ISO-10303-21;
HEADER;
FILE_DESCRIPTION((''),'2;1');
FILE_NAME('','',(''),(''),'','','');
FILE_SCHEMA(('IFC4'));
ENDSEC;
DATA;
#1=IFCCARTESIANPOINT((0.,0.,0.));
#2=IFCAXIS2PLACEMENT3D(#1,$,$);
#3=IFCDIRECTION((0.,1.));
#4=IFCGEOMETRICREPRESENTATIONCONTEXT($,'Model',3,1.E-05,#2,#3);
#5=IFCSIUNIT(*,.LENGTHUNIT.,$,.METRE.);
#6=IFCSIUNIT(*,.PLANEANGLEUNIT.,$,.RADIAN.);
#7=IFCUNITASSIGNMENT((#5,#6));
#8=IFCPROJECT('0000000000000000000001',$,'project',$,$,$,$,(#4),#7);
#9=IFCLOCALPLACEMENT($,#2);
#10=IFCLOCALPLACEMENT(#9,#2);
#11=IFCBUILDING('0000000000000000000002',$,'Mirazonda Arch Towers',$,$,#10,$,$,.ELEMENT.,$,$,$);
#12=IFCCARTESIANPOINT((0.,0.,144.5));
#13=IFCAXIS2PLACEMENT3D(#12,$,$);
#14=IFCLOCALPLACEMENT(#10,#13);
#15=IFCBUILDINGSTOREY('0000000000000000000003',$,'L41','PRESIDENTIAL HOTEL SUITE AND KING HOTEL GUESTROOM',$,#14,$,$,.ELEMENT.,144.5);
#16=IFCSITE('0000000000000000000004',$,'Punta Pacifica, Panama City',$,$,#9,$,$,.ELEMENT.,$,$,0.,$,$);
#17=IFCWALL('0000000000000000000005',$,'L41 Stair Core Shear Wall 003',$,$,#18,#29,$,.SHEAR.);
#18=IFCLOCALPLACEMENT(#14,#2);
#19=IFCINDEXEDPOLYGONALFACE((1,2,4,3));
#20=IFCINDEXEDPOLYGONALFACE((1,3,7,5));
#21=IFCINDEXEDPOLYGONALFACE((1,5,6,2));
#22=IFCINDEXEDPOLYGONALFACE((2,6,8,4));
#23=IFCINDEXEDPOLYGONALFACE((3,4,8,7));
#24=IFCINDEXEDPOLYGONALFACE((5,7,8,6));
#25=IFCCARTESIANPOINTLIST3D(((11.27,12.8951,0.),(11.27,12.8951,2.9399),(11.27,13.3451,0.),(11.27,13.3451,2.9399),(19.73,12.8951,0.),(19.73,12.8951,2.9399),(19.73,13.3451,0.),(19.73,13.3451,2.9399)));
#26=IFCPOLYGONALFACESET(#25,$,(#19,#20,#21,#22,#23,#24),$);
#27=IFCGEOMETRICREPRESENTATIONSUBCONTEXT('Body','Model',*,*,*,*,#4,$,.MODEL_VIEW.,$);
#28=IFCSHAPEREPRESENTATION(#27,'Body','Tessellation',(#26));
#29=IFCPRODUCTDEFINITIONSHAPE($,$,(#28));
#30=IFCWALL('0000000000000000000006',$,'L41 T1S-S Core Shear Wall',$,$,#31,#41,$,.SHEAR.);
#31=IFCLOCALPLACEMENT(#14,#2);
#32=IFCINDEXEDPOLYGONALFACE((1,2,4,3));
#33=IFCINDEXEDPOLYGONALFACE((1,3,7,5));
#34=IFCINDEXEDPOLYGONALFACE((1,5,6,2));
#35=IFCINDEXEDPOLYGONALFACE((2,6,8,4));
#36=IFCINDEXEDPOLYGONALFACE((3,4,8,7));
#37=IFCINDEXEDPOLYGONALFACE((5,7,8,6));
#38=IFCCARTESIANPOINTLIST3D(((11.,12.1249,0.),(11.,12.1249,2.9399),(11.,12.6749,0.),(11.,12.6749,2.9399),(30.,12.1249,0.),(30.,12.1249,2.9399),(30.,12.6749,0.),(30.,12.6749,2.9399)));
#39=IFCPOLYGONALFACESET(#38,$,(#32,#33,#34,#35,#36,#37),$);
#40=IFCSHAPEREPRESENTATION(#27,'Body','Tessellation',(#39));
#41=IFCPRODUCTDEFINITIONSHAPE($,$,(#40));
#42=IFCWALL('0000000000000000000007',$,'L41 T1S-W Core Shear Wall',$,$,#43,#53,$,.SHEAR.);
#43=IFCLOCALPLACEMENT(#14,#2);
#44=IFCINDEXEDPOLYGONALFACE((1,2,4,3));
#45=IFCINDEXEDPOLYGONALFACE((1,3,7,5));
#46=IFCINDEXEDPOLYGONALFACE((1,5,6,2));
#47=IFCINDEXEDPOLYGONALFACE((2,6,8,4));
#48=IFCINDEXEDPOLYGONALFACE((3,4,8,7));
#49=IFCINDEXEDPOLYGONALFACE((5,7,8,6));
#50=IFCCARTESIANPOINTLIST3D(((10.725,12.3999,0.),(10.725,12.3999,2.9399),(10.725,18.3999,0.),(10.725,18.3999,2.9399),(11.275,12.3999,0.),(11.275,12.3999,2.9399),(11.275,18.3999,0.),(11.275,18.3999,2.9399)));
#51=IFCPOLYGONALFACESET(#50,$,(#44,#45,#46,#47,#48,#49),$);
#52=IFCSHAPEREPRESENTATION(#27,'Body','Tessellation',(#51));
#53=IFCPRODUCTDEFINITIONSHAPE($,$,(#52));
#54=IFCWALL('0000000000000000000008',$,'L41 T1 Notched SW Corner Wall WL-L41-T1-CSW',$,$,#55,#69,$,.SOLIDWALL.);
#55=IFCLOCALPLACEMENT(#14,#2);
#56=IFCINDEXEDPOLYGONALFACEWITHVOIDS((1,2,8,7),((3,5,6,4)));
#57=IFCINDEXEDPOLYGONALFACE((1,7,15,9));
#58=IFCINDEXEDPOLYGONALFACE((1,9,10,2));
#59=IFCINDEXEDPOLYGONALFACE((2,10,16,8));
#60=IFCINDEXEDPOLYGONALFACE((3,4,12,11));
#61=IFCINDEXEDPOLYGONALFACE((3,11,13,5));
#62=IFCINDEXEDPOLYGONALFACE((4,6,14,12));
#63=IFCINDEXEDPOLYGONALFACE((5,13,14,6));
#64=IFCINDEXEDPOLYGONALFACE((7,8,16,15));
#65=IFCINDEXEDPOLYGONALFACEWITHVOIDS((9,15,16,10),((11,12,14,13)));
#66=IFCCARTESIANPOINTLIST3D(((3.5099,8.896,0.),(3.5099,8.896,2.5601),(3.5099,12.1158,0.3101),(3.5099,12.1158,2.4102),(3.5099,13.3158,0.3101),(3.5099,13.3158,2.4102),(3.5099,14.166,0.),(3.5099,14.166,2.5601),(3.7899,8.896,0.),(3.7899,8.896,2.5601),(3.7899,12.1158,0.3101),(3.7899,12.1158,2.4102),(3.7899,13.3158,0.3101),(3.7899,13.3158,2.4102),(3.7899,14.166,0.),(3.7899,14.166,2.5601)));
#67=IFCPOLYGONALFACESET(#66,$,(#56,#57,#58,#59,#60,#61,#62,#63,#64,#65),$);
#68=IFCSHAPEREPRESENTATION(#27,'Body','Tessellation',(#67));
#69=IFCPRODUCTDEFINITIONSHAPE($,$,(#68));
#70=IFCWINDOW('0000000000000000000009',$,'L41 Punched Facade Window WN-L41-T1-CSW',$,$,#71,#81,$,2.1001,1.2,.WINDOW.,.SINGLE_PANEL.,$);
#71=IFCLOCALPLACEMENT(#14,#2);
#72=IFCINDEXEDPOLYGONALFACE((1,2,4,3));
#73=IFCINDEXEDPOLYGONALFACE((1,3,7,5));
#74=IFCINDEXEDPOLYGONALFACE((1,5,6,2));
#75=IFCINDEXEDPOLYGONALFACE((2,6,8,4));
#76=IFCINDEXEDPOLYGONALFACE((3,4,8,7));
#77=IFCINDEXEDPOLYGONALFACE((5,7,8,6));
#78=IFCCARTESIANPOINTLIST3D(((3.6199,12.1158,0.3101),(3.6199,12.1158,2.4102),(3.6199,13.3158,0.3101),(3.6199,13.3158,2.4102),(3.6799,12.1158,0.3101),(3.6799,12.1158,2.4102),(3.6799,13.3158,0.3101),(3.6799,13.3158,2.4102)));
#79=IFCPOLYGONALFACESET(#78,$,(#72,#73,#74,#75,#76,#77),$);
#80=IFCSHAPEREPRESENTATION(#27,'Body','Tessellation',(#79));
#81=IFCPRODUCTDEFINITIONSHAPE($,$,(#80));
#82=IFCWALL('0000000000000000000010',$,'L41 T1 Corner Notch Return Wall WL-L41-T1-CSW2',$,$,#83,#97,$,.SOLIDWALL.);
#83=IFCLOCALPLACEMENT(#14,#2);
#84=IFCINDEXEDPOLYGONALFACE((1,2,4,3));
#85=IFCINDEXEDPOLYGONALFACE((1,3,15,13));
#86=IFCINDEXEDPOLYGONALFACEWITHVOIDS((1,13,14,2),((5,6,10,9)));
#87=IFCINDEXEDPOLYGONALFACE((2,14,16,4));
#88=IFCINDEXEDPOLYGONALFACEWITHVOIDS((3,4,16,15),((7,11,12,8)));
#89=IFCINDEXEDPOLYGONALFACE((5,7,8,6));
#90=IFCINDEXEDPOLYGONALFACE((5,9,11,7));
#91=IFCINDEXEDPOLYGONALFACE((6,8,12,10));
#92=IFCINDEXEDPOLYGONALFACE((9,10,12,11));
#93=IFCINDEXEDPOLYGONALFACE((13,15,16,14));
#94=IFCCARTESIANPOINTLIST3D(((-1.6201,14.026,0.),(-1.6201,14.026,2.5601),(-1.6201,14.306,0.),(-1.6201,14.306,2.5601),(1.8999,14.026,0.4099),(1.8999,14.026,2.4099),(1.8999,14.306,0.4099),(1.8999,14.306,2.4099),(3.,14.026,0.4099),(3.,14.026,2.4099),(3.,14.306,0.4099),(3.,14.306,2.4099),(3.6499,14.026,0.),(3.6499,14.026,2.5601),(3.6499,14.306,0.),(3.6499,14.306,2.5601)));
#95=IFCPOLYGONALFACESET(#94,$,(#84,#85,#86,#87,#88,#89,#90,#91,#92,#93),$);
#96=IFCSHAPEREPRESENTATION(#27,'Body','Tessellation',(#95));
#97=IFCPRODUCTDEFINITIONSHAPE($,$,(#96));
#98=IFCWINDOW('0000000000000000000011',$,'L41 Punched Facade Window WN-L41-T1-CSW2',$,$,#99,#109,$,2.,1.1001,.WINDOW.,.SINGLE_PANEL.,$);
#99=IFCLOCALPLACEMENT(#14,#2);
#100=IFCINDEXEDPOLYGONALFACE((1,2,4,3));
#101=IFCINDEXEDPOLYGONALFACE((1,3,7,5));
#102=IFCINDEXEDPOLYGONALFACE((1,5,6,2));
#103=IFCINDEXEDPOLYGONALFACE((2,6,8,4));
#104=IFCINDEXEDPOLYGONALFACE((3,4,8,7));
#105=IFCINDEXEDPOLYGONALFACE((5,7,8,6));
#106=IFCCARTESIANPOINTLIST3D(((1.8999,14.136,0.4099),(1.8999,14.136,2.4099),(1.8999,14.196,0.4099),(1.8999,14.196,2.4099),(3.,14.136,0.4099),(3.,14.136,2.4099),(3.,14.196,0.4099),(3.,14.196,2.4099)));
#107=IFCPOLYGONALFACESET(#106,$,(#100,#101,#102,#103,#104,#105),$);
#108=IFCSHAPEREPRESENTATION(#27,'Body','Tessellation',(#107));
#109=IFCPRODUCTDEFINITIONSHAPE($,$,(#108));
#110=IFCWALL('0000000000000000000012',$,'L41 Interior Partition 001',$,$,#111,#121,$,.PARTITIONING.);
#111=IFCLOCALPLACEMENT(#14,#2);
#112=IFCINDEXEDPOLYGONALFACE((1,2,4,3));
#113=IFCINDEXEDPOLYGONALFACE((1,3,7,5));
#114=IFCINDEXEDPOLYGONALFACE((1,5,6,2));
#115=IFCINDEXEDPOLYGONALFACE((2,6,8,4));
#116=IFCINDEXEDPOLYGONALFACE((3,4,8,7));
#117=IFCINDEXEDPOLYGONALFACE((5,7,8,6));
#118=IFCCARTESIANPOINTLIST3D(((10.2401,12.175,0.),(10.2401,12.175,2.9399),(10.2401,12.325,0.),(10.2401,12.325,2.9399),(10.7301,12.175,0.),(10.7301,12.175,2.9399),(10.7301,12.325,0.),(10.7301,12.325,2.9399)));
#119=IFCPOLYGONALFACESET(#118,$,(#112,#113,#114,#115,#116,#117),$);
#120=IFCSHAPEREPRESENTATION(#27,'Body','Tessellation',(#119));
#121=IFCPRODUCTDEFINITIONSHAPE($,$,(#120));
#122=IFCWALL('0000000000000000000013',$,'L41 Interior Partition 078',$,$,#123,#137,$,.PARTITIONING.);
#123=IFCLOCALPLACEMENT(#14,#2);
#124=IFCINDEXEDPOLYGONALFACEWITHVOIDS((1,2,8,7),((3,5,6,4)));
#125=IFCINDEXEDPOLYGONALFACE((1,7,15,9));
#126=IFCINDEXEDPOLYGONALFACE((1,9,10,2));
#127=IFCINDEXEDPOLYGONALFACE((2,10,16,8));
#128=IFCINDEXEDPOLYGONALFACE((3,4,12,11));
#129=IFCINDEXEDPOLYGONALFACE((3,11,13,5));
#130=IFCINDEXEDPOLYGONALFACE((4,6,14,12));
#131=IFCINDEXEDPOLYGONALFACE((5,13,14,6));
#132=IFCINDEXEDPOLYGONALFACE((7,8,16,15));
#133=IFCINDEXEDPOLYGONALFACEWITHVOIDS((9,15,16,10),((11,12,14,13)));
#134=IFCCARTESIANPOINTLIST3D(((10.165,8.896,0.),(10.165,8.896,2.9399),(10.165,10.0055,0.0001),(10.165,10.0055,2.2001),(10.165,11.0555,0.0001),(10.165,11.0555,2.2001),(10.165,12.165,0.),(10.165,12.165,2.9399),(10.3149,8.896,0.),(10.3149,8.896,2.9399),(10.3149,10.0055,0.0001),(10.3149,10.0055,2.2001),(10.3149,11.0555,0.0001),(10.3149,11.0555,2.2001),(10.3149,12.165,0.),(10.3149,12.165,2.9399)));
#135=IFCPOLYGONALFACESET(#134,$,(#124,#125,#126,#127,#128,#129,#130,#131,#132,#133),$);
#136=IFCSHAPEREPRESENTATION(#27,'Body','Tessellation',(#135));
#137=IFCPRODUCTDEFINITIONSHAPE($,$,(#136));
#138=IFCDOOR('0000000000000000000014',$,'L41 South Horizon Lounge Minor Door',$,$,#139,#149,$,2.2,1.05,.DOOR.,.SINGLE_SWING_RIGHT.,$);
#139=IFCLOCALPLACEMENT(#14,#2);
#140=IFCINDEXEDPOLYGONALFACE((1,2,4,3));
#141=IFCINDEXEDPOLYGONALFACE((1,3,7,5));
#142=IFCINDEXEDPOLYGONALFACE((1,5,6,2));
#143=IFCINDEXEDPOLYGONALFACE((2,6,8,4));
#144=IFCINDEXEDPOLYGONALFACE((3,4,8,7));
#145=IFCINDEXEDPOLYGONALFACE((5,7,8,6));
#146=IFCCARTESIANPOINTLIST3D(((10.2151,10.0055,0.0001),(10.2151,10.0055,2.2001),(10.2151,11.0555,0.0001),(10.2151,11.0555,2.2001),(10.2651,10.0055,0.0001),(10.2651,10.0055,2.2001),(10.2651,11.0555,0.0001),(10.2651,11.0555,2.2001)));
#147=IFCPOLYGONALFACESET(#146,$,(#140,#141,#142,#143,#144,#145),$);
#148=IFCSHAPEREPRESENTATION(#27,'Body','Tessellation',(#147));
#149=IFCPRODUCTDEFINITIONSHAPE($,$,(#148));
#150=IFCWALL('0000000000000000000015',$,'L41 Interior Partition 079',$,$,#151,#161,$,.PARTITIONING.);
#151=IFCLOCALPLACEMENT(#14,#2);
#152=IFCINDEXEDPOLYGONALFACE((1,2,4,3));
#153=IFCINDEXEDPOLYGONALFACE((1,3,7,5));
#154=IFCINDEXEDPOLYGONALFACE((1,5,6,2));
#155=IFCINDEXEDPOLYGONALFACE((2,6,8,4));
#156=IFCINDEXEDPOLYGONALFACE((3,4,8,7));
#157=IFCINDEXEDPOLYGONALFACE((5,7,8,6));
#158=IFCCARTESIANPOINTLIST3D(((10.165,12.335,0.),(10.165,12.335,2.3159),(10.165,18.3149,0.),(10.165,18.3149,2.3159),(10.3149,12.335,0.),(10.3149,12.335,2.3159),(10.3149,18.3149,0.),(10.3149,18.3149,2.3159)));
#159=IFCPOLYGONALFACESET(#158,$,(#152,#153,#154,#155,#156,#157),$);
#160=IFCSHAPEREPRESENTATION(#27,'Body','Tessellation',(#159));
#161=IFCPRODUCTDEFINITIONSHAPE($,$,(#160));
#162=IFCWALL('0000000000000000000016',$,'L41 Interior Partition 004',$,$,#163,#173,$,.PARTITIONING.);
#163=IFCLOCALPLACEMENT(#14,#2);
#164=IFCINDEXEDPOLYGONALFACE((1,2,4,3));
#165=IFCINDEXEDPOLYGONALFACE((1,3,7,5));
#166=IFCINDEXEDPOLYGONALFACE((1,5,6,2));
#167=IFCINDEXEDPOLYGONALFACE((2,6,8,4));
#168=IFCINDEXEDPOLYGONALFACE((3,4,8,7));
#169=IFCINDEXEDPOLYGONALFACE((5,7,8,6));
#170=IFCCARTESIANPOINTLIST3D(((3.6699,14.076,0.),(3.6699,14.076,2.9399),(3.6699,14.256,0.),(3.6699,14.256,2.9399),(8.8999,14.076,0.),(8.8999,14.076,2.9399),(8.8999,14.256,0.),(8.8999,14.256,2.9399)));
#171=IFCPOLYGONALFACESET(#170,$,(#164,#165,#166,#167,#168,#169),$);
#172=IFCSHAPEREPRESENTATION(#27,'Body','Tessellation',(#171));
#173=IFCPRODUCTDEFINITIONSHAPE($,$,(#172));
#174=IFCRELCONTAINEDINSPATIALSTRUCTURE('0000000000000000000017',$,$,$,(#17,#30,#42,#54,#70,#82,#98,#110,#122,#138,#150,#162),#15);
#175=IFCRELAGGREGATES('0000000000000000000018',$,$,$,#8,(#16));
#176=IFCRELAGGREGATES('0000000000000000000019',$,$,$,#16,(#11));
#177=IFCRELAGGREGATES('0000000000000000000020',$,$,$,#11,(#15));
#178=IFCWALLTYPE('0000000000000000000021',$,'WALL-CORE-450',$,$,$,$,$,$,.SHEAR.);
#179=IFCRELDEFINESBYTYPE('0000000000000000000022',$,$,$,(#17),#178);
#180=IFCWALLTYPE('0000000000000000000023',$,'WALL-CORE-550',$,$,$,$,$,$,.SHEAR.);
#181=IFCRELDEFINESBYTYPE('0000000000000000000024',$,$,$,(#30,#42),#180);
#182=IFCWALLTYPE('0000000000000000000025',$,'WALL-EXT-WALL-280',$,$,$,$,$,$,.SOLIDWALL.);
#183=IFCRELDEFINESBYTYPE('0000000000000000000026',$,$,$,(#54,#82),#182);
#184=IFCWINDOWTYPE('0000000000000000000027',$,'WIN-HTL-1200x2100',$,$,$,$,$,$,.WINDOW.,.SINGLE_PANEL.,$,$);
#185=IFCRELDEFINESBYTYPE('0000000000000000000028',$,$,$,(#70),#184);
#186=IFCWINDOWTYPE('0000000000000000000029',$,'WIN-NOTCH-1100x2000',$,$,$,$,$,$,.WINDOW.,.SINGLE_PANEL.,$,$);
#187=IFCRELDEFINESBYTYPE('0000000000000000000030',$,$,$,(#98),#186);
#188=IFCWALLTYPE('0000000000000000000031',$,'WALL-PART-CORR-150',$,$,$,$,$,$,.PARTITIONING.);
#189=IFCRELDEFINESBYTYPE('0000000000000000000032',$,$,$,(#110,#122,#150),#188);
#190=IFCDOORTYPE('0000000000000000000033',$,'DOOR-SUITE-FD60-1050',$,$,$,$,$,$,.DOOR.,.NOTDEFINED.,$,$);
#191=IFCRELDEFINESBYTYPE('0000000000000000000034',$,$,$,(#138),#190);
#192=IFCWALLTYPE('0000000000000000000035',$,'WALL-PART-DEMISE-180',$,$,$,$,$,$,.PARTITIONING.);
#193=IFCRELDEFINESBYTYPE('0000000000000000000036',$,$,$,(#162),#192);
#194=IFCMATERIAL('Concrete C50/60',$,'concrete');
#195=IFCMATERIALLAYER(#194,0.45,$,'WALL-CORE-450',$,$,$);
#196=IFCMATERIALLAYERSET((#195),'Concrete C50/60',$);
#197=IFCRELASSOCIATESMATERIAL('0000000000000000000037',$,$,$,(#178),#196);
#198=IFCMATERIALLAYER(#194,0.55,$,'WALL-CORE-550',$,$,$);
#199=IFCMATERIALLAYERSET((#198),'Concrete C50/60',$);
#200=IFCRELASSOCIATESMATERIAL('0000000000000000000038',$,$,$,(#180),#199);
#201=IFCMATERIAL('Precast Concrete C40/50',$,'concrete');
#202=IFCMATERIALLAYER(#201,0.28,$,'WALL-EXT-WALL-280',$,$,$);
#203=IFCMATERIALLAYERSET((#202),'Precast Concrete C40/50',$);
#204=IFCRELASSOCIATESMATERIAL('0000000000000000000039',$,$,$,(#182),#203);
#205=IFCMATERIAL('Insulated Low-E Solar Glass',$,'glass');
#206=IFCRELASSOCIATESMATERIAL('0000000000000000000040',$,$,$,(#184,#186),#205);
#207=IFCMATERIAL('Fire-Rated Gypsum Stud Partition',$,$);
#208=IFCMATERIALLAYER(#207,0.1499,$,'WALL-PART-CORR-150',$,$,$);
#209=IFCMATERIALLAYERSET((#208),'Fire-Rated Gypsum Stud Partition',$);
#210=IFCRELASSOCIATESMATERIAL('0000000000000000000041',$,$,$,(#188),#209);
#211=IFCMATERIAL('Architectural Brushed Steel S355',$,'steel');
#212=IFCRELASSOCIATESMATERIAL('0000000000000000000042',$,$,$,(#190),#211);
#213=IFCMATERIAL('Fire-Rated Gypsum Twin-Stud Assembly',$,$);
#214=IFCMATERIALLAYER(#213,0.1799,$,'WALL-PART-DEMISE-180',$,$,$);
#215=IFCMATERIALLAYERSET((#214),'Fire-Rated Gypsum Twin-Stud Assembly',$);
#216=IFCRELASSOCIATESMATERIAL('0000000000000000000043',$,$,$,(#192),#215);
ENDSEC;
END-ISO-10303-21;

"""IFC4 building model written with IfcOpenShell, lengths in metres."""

from ifc_helpers import new_model, si_unit, direction, frame, frame_2d, origin, place, context, subcontext, project, spatial, rectangle, extrude, material, layer, layer_set, type_object, element, fill, save


model = new_model("IFC4")

# Units and contexts
model_context = context("Model", 3, precision=1e-05, world=origin(), true_north=direction((0.0, 1.0)))
body_context = subcontext(model_context, "Body", "Model", "MODEL_VIEW")
ifc_project = project(units=[si_unit("LENGTHUNIT", "METRE"), si_unit("PLANEANGLEUNIT", "RADIAN")], contexts=[model_context])

# Site, building, storey
site_placement = place(None, origin())
site = spatial("IfcSite", under=ifc_project, at=site_placement, Name="Punta Pacifica, Panama City", CompositionType="ELEMENT", RefElevation=0.0)
building_placement = place(site_placement, origin())
building = spatial("IfcBuilding", under=site, at=building_placement, Name="Mirazonda Arch Towers", CompositionType="ELEMENT")
storey_placement = place(building_placement, frame((0.0, 0.0, 144.5)))
storey = spatial("IfcBuildingStorey", under=building, at=storey_placement, Name="L41", Description="PRESIDENTIAL HOTEL SUITE AND KING HOTEL GUESTROOM", CompositionType="ELEMENT", Elevation=144.5)

# Shared definitions
ifc_material_1 = material(Name="Concrete C50/60", Category="concrete")

# Shared definitions
ifc_material_2 = material(Name="Insulated Low-E Solar Glass", Category="glass")

# Walls
ifc_layer_1 = layer(ifc_material_1, 0.45, Name="WALL-CORE-450")
ifc_layer_set_1 = layer_set([ifc_layer_1], Name="Concrete C50/60")
wall_type_1 = type_object("IfcWallType", Name="WALL-CORE-450", PredefinedType="SHEAR", material=ifc_layer_set_1)
wall_1_placement = place(storey_placement, frame((11.27, 13.1201, 0.0), z_axis=(0.0, 0.0, 1.0), x_axis=(1.0, 0.0, 0.0)))
element("IfcWall", 1, at=wall_1_placement, inside=storey, type_object=wall_type_1, Name="L41 Stair Core Shear Wall 003", PredefinedType="SHEAR", context=body_context, shape_type="SweptSolid", body=[
    extrude(rectangle(XDim=8.46, YDim=0.45, at=frame_2d((4.23, 0.0))), origin(), (0.0, 0.0, 1.0), 2.9399),
])
ifc_layer_2 = layer(ifc_material_1, 0.55, Name="WALL-CORE-550")
ifc_layer_set_2 = layer_set([ifc_layer_2], Name="Concrete C50/60")
wall_type_2 = type_object("IfcWallType", Name="WALL-CORE-550", PredefinedType="SHEAR", material=ifc_layer_set_2)
wall_2_placement = place(storey_placement, frame((11.0, 12.3999, 0.0), z_axis=(0.0, 0.0, 1.0), x_axis=(1.0, 0.0, 0.0)))
element("IfcWall", 2, at=wall_2_placement, inside=storey, type_object=wall_type_2, Name="L41 T1S-S Core Shear Wall", PredefinedType="SHEAR", context=body_context, shape_type="SweptSolid", body=[
    extrude(rectangle(XDim=19.0, YDim=0.55, at=frame_2d((9.5, 0.0))), origin(), (0.0, 0.0, 1.0), 2.9399),
])
wall_3_placement = place(storey_placement, frame((11.0, 12.3999, 0.0), z_axis=(0.0, 0.0, 1.0), x_axis=(0.0, 1.0, 0.0)))
element("IfcWall", 3, at=wall_3_placement, inside=storey, type_object=wall_type_2, Name="L41 T1S-W Core Shear Wall", PredefinedType="SHEAR", context=body_context, shape_type="SweptSolid", body=[
    extrude(rectangle(XDim=6.0, YDim=0.55, at=frame_2d((3.0, 0.0))), origin(), (0.0, 0.0, 1.0), 2.9399),
])

# Walls, openings, windows
ifc_material_3 = material(Name="Precast Concrete C40/50", Category="concrete")
ifc_layer_3 = layer(ifc_material_3, 0.28, Name="WALL-EXT-WALL-280")
ifc_layer_set_3 = layer_set([ifc_layer_3], Name="Precast Concrete C40/50")
wall_type_3 = type_object("IfcWallType", Name="WALL-EXT-WALL-280", PredefinedType="SOLIDWALL", material=ifc_layer_set_3)
wall_4_placement = place(storey_placement, frame((3.6499, 14.166, 0.0), z_axis=(0.0, 0.0, 1.0), x_axis=(0.0, -1.0, 0.0)))
wall_4 = element("IfcWall", 4, at=wall_4_placement, inside=storey, type_object=wall_type_3, Name="L41 T1 Notched SW Corner Wall WL-L41-T1-CSW", PredefinedType="SOLIDWALL", context=body_context, shape_type="SweptSolid", body=[
    extrude(rectangle(XDim=5.27, YDim=0.28, at=frame_2d((2.635, 0.0))), origin(), (0.0, 0.0, 1.0), 2.5601),
])
opening_1_placement = place(wall_4_placement, frame((0.8501, 0.0, 0.3101)))
opening_1 = element("IfcOpeningElement", 5, at=opening_1_placement, cuts=wall_4, PredefinedType="OPENING", context=body_context, shape_type="SweptSolid", body=[
    extrude(rectangle(XDim=1.2, YDim=2.1001, at=frame_2d((0.6001, 1.05))), frame((0.0, 0.1499, 0.0), z_axis=(0.0, -1.0, 0.0), x_axis=(1.0, 0.0, 0.0)), (0.0, 0.0, 1.0), 0.3),
])
window_type_1 = type_object("IfcWindowType", Name="WIN-HTL-1200x2100", PartitioningType="SINGLE_PANEL", PredefinedType="WINDOW", material=ifc_material_2)
window_1_placement = place(opening_1_placement, origin())
window_1 = element("IfcWindow", 6, at=window_1_placement, inside=storey, type_object=window_type_1, Name="L41 Punched Facade Window WN-L41-T1-CSW", OverallHeight=2.1001, OverallWidth=1.2, PartitioningType="SINGLE_PANEL", PredefinedType="WINDOW", context=body_context, shape_type="SweptSolid", body=[
    extrude(rectangle(XDim=1.2, YDim=2.1001, at=frame_2d((0.6001, 1.05))), frame((0.0, 0.03, 0.0), z_axis=(0.0, -1.0, 0.0), x_axis=(1.0, 0.0, 0.0)), (0.0, 0.0, 1.0), 0.0601),
])
fill(opening_1, window_1)
wall_5_placement = place(storey_placement, frame((-1.6201, 14.166, 0.0), z_axis=(0.0, 0.0, 1.0), x_axis=(1.0, 0.0, 0.0)))
wall_5 = element("IfcWall", 7, at=wall_5_placement, inside=storey, type_object=wall_type_3, Name="L41 T1 Corner Notch Return Wall WL-L41-T1-CSW2", PredefinedType="SOLIDWALL", context=body_context, shape_type="SweptSolid", body=[
    extrude(rectangle(XDim=5.27, YDim=0.28, at=frame_2d((2.635, 0.0))), origin(), (0.0, 0.0, 1.0), 2.5601),
])
opening_2_placement = place(wall_5_placement, frame((3.52, 0.0, 0.4099)))
opening_2 = element("IfcOpeningElement", 8, at=opening_2_placement, cuts=wall_5, PredefinedType="OPENING", context=body_context, shape_type="SweptSolid", body=[
    extrude(rectangle(XDim=1.1001, YDim=2.0, at=frame_2d((0.55, 1.0))), frame((0.0, 0.1499, 0.0), z_axis=(0.0, -1.0, 0.0), x_axis=(1.0, 0.0, 0.0)), (0.0, 0.0, 1.0), 0.3),
])
window_type_2 = type_object("IfcWindowType", Name="WIN-NOTCH-1100x2000", PartitioningType="SINGLE_PANEL", PredefinedType="WINDOW", material=ifc_material_2)
window_2_placement = place(opening_2_placement, origin())
window_2 = element("IfcWindow", 9, at=window_2_placement, inside=storey, type_object=window_type_2, Name="L41 Punched Facade Window WN-L41-T1-CSW2", OverallHeight=2.0, OverallWidth=1.1001, PartitioningType="SINGLE_PANEL", PredefinedType="WINDOW", context=body_context, shape_type="SweptSolid", body=[
    extrude(rectangle(XDim=1.1001, YDim=2.0, at=frame_2d((0.55, 1.0))), frame((0.0, 0.03, 0.0), z_axis=(0.0, -1.0, 0.0), x_axis=(1.0, 0.0, 0.0)), (0.0, 0.0, 1.0), 0.0601),
])
fill(opening_2, window_2)

# Wall
ifc_material_4 = material(Name="Fire-Rated Gypsum Stud Partition")
ifc_layer_4 = layer(ifc_material_4, 0.1499, Name="WALL-PART-CORR-150")
ifc_layer_set_4 = layer_set([ifc_layer_4], Name="Fire-Rated Gypsum Stud Partition")
wall_type_4 = type_object("IfcWallType", Name="WALL-PART-CORR-150", PredefinedType="PARTITIONING", material=ifc_layer_set_4)
wall_6_placement = place(storey_placement, frame((10.24, 12.25, 0.0), z_axis=(0.0, 0.0, 1.0), x_axis=(1.0, 0.0, 0.0)))
element("IfcWall", 10, at=wall_6_placement, inside=storey, type_object=wall_type_4, Name="L41 Interior Partition 001", PredefinedType="PARTITIONING", context=body_context, shape_type="SweptSolid", body=[
    extrude(rectangle(XDim=0.49, YDim=0.1499, at=frame_2d((0.2451, 0.0))), origin(), (0.0, 0.0, 1.0), 2.9399),
])

# Wall, opening, door
wall_7_placement = place(storey_placement, frame((10.24, 8.896, 0.0), z_axis=(0.0, 0.0, 1.0), x_axis=(0.0, 1.0, 0.0)))
wall_7 = element("IfcWall", 11, at=wall_7_placement, inside=storey, type_object=wall_type_4, Name="L41 Interior Partition 078", PredefinedType="PARTITIONING", context=body_context, shape_type="SweptSolid", body=[
    extrude(rectangle(XDim=3.269, YDim=0.1499, at=frame_2d((1.6345, 0.0))), origin(), (0.0, 0.0, 1.0), 2.9399),
])
opening_3_placement = place(wall_7_placement, frame((1.1096, 0.0, 0.0)))
opening_3 = element("IfcOpeningElement", 12, at=opening_3_placement, cuts=wall_7, PredefinedType="OPENING", context=body_context, shape_type="SweptSolid", body=[
    extrude(rectangle(XDim=1.05, YDim=2.2, at=frame_2d((0.5249, 1.1001))), frame((0.0, 0.085, 0.0), z_axis=(0.0, -1.0, 0.0), x_axis=(1.0, 0.0, 0.0)), (0.0, 0.0, 1.0), 0.1699),
])
ifc_material_5 = material(Name="Architectural Brushed Steel S355", Category="steel")
door_type_1 = type_object("IfcDoorType", Name="DOOR-SUITE-FD60-1050", OperationType="NOTDEFINED", PredefinedType="DOOR", material=ifc_material_5)
door_1_placement = place(opening_3_placement, origin())
door_1 = element("IfcDoor", 13, at=door_1_placement, inside=storey, type_object=door_type_1, Name="L41 South Horizon Lounge Minor Door", OperationType="SINGLE_SWING_RIGHT", OverallHeight=2.2, OverallWidth=1.05, PredefinedType="DOOR", context=body_context, shape_type="SweptSolid", body=[
    extrude(rectangle(XDim=1.05, YDim=2.2, at=frame_2d((0.5249, 1.1001))), frame((0.0, 0.0249, 0.0), z_axis=(0.0, -1.0, 0.0), x_axis=(1.0, 0.0, 0.0)), (0.0, 0.0, 1.0), 0.05),
])
fill(opening_3, door_1)

# Walls
wall_8_placement = place(storey_placement, frame((10.24, 12.335, 0.0), z_axis=(0.0, 0.0, 1.0), x_axis=(0.0, 1.0, 0.0)))
element("IfcWall", 14, at=wall_8_placement, inside=storey, type_object=wall_type_4, Name="L41 Interior Partition 079", PredefinedType="PARTITIONING", context=body_context, shape_type="SweptSolid", body=[
    extrude(rectangle(XDim=5.98, YDim=0.1499, at=frame_2d((2.99, 0.0))), origin(), (0.0, 0.0, 1.0), 2.3159),
])
ifc_material_6 = material(Name="Fire-Rated Gypsum Twin-Stud Assembly")
ifc_layer_5 = layer(ifc_material_6, 0.1799, Name="WALL-PART-DEMISE-180")
ifc_layer_set_5 = layer_set([ifc_layer_5], Name="Fire-Rated Gypsum Twin-Stud Assembly")
wall_type_5 = type_object("IfcWallType", Name="WALL-PART-DEMISE-180", PredefinedType="PARTITIONING", material=ifc_layer_set_5)
wall_9_placement = place(storey_placement, frame((3.6699, 14.166, 0.0), z_axis=(0.0, 0.0, 1.0), x_axis=(1.0, 0.0, 0.0)))
element("IfcWall", 15, at=wall_9_placement, inside=storey, type_object=wall_type_5, Name="L41 Interior Partition 004", PredefinedType="PARTITIONING", context=body_context, shape_type="SweptSolid", body=[
    extrude(rectangle(XDim=5.23, YDim=0.1799, at=frame_2d((2.615, 0.0))), origin(), (0.0, 0.0, 1.0), 2.9399),
])

save(model, "model.ifc")
